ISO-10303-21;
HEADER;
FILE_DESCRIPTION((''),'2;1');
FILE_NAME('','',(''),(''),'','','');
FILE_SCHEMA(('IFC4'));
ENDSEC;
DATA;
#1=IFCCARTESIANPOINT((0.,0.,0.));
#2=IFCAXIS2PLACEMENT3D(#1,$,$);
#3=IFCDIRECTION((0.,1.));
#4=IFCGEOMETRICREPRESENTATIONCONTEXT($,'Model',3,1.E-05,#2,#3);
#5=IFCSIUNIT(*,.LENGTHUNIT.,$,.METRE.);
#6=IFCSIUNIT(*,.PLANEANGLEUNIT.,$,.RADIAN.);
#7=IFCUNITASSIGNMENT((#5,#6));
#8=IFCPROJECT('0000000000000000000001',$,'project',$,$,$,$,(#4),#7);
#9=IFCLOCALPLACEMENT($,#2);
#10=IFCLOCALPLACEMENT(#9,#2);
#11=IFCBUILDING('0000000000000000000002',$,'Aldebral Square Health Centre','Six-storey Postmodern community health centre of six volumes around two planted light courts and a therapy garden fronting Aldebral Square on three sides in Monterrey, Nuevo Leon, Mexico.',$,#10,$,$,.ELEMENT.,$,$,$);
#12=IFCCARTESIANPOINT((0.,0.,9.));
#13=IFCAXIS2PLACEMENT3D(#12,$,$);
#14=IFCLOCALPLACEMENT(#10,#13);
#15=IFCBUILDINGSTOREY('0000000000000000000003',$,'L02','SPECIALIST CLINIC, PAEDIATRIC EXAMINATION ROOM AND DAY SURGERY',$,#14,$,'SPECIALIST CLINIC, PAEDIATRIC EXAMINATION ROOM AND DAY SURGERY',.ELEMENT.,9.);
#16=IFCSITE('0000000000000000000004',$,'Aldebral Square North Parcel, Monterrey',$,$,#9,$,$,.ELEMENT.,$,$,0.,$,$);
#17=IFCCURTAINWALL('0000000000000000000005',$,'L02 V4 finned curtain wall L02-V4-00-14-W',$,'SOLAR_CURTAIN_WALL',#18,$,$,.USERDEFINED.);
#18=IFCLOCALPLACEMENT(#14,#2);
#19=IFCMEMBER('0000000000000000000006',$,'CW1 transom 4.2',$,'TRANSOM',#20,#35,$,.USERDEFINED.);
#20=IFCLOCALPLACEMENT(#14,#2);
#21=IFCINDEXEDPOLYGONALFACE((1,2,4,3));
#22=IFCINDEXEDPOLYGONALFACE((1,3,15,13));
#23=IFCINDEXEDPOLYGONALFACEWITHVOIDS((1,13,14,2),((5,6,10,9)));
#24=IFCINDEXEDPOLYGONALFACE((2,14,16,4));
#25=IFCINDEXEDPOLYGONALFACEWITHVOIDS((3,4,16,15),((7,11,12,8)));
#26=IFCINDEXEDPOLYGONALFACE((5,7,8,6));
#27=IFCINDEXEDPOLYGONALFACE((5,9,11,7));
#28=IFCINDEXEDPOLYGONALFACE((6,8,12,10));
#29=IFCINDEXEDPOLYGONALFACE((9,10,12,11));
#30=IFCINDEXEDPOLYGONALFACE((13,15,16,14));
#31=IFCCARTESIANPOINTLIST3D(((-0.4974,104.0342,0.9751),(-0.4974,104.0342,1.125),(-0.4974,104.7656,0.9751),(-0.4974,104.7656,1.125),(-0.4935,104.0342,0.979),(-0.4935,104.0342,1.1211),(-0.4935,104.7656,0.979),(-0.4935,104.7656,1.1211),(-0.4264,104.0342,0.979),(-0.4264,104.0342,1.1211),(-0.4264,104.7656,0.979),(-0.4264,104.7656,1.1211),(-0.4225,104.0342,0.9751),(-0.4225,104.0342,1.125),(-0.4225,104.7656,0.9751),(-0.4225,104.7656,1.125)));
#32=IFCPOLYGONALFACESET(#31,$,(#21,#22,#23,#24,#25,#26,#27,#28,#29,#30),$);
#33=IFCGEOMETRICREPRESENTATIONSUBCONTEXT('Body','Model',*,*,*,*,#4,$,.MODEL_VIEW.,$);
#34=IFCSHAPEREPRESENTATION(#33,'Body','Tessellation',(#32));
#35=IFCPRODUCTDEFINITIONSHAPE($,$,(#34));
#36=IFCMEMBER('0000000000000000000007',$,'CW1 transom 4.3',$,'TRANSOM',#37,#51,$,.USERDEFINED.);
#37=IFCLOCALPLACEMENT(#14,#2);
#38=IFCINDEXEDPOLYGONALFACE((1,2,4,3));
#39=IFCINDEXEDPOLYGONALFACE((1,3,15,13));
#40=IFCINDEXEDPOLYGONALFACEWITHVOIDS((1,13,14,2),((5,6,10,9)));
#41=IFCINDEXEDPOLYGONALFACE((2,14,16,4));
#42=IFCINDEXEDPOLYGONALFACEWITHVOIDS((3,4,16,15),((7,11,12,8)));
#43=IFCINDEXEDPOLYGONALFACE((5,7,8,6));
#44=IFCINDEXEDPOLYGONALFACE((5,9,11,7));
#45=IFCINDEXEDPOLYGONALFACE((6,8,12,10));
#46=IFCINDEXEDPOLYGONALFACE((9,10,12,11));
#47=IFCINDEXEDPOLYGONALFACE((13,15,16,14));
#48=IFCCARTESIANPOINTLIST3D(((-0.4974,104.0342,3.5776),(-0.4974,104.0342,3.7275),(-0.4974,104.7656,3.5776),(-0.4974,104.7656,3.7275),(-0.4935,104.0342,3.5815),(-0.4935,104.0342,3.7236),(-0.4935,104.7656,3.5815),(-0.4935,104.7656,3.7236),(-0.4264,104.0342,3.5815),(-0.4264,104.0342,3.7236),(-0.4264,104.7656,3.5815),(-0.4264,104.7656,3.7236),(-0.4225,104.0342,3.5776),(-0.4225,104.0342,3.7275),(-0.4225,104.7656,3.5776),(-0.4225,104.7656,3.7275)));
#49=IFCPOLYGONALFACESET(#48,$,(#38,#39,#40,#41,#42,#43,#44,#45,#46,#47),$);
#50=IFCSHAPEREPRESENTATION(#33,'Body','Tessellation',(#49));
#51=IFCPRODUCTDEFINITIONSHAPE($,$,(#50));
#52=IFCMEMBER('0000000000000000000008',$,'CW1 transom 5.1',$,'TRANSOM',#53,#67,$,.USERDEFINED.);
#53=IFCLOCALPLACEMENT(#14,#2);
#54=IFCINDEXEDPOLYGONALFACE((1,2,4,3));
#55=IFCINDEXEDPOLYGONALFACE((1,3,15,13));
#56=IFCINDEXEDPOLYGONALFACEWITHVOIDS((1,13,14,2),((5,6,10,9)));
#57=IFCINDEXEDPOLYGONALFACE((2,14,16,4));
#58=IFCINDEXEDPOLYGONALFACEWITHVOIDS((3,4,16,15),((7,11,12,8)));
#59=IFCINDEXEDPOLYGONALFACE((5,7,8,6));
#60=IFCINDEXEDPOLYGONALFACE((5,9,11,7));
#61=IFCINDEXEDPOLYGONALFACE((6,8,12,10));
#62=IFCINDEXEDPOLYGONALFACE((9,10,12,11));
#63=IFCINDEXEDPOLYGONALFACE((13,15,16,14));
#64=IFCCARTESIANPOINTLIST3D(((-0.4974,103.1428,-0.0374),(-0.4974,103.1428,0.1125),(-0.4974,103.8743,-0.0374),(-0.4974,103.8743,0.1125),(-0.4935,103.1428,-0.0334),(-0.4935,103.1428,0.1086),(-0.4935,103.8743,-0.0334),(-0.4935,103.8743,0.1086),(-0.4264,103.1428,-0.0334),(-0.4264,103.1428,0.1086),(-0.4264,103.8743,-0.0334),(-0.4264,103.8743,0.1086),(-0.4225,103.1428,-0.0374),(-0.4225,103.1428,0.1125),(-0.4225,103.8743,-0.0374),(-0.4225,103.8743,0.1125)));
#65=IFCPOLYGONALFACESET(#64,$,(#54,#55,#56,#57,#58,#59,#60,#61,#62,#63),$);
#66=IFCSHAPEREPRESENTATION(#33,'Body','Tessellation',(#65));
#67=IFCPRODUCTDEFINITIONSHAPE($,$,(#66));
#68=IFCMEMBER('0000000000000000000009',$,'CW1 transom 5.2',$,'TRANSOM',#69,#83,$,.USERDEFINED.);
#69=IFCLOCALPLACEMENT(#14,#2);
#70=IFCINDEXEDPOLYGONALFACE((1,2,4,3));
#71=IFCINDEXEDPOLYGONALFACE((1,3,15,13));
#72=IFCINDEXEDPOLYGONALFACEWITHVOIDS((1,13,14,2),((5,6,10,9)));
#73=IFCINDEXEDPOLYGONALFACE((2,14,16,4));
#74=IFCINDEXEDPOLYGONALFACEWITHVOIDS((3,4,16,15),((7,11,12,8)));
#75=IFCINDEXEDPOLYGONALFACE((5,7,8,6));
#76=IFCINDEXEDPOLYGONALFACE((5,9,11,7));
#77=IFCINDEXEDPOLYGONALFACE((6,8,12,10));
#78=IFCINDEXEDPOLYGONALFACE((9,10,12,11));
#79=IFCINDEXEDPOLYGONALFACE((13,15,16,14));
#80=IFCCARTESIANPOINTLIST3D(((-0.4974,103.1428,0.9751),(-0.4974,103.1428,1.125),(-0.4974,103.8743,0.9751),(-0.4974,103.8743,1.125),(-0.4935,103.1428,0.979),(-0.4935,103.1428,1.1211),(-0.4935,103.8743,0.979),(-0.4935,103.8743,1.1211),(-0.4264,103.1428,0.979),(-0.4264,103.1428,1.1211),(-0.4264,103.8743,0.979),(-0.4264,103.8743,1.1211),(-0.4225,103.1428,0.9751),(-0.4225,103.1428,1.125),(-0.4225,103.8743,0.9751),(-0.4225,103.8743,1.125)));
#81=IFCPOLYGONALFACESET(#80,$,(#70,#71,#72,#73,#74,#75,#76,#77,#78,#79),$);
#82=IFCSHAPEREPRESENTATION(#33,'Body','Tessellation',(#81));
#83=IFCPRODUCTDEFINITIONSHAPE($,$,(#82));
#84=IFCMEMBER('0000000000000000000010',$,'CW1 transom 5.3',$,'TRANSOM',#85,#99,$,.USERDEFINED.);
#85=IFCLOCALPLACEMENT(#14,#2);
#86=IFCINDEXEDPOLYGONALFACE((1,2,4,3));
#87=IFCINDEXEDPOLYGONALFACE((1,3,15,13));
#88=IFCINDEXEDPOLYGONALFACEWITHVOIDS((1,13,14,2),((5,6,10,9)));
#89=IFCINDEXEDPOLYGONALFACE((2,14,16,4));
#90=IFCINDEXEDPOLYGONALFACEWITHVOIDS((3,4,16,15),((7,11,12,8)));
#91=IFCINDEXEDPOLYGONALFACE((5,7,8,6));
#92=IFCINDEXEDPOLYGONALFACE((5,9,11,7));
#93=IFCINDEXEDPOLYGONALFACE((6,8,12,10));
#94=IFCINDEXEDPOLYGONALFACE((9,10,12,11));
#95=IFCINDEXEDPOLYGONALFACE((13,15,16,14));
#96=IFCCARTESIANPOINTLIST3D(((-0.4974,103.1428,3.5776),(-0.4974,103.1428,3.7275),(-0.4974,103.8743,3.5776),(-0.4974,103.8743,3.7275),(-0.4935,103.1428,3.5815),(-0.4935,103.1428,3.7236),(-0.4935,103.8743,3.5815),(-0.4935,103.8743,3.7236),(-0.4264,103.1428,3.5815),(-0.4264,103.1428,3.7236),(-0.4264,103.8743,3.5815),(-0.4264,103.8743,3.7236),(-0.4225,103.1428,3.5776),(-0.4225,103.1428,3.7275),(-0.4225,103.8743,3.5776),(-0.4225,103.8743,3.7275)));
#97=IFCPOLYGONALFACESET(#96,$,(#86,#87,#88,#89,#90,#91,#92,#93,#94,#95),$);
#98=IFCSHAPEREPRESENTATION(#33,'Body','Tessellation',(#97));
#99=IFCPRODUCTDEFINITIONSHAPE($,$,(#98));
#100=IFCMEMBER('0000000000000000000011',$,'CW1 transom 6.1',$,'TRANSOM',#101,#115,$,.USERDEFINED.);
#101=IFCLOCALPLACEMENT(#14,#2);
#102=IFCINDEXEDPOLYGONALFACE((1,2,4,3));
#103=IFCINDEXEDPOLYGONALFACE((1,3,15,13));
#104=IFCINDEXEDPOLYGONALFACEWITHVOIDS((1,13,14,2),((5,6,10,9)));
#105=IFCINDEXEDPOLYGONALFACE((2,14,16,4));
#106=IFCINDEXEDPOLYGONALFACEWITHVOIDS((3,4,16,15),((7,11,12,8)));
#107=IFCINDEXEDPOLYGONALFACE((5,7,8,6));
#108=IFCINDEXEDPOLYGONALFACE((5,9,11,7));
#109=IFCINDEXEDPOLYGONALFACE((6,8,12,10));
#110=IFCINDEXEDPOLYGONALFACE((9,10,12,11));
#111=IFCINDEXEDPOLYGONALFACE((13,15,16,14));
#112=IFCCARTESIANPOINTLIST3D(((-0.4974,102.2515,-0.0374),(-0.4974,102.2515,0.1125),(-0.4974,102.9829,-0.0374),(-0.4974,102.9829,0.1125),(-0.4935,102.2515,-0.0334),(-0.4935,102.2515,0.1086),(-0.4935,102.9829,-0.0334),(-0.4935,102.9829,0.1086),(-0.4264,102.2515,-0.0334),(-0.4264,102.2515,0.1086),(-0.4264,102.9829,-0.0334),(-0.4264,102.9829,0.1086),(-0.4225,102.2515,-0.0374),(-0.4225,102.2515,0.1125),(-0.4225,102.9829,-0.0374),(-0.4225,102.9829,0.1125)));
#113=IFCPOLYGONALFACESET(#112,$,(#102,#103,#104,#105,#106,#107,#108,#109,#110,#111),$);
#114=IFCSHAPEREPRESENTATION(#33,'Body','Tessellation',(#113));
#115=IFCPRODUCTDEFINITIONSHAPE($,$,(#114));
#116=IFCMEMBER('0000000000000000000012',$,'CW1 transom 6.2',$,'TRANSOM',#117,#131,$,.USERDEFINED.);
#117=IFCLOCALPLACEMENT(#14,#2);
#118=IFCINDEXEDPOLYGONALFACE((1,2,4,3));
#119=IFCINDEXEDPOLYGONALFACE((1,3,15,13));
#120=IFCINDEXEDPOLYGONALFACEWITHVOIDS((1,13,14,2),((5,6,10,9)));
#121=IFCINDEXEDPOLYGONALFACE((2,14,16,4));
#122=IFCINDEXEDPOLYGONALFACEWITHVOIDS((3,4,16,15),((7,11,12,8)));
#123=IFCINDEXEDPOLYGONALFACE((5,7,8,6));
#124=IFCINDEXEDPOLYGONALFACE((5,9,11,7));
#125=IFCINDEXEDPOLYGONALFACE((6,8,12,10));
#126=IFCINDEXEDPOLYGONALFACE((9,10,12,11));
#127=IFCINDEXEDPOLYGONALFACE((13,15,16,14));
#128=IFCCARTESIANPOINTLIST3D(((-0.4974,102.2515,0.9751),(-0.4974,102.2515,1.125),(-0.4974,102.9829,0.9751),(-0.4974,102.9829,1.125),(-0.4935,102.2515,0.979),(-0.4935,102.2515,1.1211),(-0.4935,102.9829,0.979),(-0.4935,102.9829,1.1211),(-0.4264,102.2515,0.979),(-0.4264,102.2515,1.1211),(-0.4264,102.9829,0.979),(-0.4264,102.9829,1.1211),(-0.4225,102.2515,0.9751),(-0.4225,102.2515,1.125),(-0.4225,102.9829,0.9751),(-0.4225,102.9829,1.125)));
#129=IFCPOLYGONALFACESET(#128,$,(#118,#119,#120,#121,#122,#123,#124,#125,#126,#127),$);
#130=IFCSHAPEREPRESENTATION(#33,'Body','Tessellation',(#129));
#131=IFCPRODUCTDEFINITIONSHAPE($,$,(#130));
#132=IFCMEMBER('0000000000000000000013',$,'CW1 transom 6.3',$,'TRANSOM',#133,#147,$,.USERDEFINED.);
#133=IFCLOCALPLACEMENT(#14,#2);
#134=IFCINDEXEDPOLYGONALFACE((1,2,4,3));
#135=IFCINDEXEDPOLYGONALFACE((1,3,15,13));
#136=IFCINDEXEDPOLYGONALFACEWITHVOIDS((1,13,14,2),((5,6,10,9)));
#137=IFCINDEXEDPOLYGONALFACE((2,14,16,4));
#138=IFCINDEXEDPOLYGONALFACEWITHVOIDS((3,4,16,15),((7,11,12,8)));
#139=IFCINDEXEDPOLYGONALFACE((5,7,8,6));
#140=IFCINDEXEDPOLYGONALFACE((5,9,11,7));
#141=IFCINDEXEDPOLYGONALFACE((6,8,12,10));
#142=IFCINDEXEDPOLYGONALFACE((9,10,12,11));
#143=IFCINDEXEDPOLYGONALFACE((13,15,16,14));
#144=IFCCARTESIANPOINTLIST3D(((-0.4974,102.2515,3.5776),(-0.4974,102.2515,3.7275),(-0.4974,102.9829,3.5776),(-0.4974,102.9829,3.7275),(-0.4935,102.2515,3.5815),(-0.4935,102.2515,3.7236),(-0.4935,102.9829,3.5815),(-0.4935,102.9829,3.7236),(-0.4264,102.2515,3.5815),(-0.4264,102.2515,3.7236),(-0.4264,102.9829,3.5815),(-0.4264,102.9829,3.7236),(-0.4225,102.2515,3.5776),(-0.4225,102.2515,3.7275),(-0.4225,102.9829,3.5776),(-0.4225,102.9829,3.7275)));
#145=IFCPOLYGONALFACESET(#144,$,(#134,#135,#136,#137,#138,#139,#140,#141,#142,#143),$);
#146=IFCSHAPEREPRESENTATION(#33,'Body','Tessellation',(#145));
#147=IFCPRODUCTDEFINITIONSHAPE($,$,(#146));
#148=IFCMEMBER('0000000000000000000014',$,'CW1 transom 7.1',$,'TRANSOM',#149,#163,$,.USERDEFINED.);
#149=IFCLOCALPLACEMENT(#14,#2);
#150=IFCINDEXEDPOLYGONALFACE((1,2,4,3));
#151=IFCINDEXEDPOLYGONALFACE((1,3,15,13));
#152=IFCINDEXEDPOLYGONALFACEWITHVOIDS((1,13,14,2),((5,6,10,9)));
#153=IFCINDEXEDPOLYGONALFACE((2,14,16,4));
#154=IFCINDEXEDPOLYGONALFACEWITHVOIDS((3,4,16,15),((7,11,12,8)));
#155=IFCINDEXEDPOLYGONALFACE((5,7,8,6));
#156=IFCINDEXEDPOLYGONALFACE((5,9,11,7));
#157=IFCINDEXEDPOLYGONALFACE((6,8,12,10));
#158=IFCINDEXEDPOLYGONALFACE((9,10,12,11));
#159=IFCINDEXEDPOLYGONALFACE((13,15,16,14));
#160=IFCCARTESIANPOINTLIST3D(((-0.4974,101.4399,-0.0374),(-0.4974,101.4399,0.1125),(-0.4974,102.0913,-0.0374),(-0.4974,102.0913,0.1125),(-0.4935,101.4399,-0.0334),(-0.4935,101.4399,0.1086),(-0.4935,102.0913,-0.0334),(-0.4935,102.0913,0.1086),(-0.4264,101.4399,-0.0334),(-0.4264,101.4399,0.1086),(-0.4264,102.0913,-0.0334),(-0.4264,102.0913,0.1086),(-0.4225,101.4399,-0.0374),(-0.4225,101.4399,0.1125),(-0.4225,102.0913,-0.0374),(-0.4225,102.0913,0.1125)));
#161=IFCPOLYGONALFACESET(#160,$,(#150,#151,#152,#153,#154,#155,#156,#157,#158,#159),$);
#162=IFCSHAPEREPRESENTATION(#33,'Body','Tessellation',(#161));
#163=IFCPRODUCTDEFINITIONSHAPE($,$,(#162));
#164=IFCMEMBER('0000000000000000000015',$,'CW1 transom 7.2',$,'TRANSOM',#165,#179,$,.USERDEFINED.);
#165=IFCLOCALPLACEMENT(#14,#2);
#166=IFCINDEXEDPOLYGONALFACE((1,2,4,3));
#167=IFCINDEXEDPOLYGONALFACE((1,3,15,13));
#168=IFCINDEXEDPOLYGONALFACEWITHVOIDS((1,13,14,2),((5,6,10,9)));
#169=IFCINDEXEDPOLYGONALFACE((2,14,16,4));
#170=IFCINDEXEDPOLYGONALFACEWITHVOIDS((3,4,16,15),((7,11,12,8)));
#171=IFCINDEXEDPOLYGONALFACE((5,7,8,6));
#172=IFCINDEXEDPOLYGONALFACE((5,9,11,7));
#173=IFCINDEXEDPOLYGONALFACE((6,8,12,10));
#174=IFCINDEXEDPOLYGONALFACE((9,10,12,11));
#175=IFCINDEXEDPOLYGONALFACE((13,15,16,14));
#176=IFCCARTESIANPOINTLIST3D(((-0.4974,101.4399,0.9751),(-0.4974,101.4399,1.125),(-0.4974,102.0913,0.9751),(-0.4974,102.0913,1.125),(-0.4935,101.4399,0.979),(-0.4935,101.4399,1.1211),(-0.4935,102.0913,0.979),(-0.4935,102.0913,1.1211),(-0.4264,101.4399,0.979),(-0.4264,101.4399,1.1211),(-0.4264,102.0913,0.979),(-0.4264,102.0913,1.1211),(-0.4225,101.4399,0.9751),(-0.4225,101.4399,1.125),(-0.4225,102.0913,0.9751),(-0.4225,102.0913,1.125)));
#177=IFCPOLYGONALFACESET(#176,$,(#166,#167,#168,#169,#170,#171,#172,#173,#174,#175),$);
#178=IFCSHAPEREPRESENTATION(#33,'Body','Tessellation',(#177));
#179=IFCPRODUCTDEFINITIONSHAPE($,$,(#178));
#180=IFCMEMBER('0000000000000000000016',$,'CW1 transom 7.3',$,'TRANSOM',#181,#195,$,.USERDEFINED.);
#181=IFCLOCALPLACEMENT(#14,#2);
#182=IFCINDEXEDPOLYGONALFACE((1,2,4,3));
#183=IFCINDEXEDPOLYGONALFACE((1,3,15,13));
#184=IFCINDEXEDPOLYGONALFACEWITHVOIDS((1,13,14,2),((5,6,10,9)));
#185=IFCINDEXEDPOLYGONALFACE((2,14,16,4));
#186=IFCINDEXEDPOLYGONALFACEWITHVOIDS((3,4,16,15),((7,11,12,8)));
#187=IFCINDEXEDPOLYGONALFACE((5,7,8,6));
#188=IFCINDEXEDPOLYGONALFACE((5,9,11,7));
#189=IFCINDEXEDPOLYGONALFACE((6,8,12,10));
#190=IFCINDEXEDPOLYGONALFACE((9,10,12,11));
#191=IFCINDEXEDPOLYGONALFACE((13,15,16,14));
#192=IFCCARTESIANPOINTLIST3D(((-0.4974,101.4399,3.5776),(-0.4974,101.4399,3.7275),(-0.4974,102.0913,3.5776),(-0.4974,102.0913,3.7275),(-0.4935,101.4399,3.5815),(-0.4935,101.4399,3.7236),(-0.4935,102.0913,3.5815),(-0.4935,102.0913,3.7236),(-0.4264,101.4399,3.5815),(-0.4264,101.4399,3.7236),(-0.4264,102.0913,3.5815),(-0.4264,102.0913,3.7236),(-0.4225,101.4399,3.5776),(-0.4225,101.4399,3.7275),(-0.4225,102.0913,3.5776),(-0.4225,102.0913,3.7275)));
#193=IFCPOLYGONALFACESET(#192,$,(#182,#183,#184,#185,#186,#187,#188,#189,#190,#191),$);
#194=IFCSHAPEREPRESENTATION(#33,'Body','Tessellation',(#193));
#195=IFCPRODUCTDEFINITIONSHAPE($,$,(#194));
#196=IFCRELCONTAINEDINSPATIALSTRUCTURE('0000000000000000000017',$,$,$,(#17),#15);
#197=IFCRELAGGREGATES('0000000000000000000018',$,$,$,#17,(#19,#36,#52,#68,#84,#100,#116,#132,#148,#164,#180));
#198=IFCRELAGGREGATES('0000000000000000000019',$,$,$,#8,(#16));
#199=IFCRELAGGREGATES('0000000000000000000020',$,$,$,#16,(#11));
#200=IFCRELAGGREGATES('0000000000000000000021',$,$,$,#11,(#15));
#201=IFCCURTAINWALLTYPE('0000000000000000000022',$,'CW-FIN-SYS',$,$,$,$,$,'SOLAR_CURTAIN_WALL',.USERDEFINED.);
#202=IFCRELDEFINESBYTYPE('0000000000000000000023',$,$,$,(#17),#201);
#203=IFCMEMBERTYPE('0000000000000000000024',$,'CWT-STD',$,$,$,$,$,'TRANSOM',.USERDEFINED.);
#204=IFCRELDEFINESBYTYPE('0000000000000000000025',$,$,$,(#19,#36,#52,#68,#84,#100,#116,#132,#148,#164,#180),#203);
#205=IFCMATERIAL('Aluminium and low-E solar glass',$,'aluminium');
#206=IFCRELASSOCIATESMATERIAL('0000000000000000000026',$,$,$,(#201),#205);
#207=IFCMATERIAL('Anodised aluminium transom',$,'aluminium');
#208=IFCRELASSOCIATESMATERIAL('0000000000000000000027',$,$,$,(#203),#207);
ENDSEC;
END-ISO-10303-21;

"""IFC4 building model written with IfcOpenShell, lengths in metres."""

from ifc_helpers import new_model, si_unit, direction, frame, origin, origin_2d, place, context, subcontext, project, spatial, hollow_rectangle, extrude, material, material_profile, profile_set, type_object, element, aggregate, save


model = new_model("IFC4")

# Units and contexts
model_context = context("Model", 3, precision=1e-05, world=origin(), true_north=direction((0.0, 1.0)))
body_context = subcontext(model_context, "Body", "Model", "MODEL_VIEW")
ifc_project = project(units=[si_unit("LENGTHUNIT", "METRE"), si_unit("PLANEANGLEUNIT", "RADIAN")], contexts=[model_context])

# Site, building, storey
site_placement = place(None, origin())
site = spatial("IfcSite", under=ifc_project, at=site_placement, Name="Aldebral Square North Parcel, Monterrey", CompositionType="ELEMENT", RefElevation=0.0)
building_placement = place(site_placement, origin())
building = spatial("IfcBuilding", under=site, at=building_placement, Name="Aldebral Square Health Centre", Description="Six-storey Postmodern community health centre of six volumes around two planted light courts and a therapy garden fronting Aldebral Square on three sides in Monterrey, Nuevo Leon, Mexico.", CompositionType="ELEMENT")
storey_placement = place(building_placement, frame((0.0, 0.0, 9.0)))
storey = spatial("IfcBuildingStorey", under=building, at=storey_placement, Name="L02", Description="SPECIALIST CLINIC, PAEDIATRIC EXAMINATION ROOM AND DAY SURGERY", LongName="SPECIALIST CLINIC, PAEDIATRIC EXAMINATION ROOM AND DAY SURGERY", CompositionType="ELEMENT", Elevation=9.0)

# Curtain wall, members
ifc_material_1 = material(Name="Aluminium and low-E solar glass", Category="aluminium")
curtain_wall_type = type_object("IfcCurtainWallType", Name="CW-FIN-SYS", ElementType="SOLAR_CURTAIN_WALL", PredefinedType="USERDEFINED", material=ifc_material_1)
curtain_wall_placement = place(storey_placement, origin())
curtain_wall = element("IfcCurtainWall", 1, at=curtain_wall_placement, inside=storey, type_object=curtain_wall_type, Name="L02 V4 finned curtain wall L02-V4-00-14-W", ObjectType="SOLAR_CURTAIN_WALL", PredefinedType="USERDEFINED")
ifc_material_2 = material(Name="Anodised aluminium transom", Category="aluminium")
ifc_material_profile_1 = material_profile(ifc_material_2, hollow_rectangle(XDim=0.075, YDim=0.1499, WallThickness=0.0039, at=origin_2d()), Name="CWT 75x150x4")
ifc_profile_set_1 = profile_set([ifc_material_profile_1], Name="Anodised aluminium transom")
member_type_1 = type_object("IfcMemberType", Name="CWT-STD", ElementType="TRANSOM", PredefinedType="USERDEFINED", material=ifc_profile_set_1)
member_1_placement = place(storey_placement, frame((-0.46, 104.7656, 1.05), z_axis=(0.0, -1.0, 0.0), x_axis=(1.0, 0.0, 0.0)))
member_1 = element("IfcMember", 2, at=member_1_placement, type_object=member_type_1, Name="CW1 transom 4.2", ObjectType="TRANSOM", PredefinedType="USERDEFINED", context=body_context, shape_type="SweptSolid", body=[
    extrude(hollow_rectangle(XDim=0.075, YDim=0.1499, WallThickness=0.0039, at=origin_2d()), origin(), (0.0, 0.0, 1.0), 0.7314),
])
member_2_placement = place(storey_placement, frame((-0.46, 104.7656, 3.6526), z_axis=(0.0, -1.0, 0.0), x_axis=(1.0, 0.0, 0.0)))
member_2 = element("IfcMember", 3, at=member_2_placement, type_object=member_type_1, Name="CW1 transom 4.3", ObjectType="TRANSOM", PredefinedType="USERDEFINED", context=body_context, shape_type="SweptSolid", body=[
    extrude(hollow_rectangle(XDim=0.075, YDim=0.1499, WallThickness=0.0039, at=origin_2d()), origin(), (0.0, 0.0, 1.0), 0.7314),
])
member_3_placement = place(storey_placement, frame((-0.46, 103.8743, 0.0376), z_axis=(0.0, -1.0, 0.0), x_axis=(1.0, 0.0, 0.0)))
member_3 = element("IfcMember", 4, at=member_3_placement, type_object=member_type_1, Name="CW1 transom 5.1", ObjectType="TRANSOM", PredefinedType="USERDEFINED", context=body_context, shape_type="SweptSolid", body=[
    extrude(hollow_rectangle(XDim=0.075, YDim=0.1499, WallThickness=0.0039, at=origin_2d()), origin(), (0.0, 0.0, 1.0), 0.7314),
])
member_4_placement = place(storey_placement, frame((-0.46, 103.8743, 1.05), z_axis=(0.0, -1.0, 0.0), x_axis=(1.0, 0.0, 0.0)))
member_4 = element("IfcMember", 5, at=member_4_placement, type_object=member_type_1, Name="CW1 transom 5.2", ObjectType="TRANSOM", PredefinedType="USERDEFINED", context=body_context, shape_type="SweptSolid", body=[
    extrude(hollow_rectangle(XDim=0.075, YDim=0.1499, WallThickness=0.0039, at=origin_2d()), origin(), (0.0, 0.0, 1.0), 0.7314),
])
member_5_placement = place(storey_placement, frame((-0.46, 103.8743, 3.6526), z_axis=(0.0, -1.0, 0.0), x_axis=(1.0, 0.0, 0.0)))
member_5 = element("IfcMember", 6, at=member_5_placement, type_object=member_type_1, Name="CW1 transom 5.3", ObjectType="TRANSOM", PredefinedType="USERDEFINED", context=body_context, shape_type="SweptSolid", body=[
    extrude(hollow_rectangle(XDim=0.075, YDim=0.1499, WallThickness=0.0039, at=origin_2d()), origin(), (0.0, 0.0, 1.0), 0.7314),
])
member_6_placement = place(storey_placement, frame((-0.46, 102.9829, 0.0376), z_axis=(0.0, -1.0, 0.0), x_axis=(1.0, 0.0, 0.0)))
member_6 = element("IfcMember", 7, at=member_6_placement, type_object=member_type_1, Name="CW1 transom 6.1", ObjectType="TRANSOM", PredefinedType="USERDEFINED", context=body_context, shape_type="SweptSolid", body=[
    extrude(hollow_rectangle(XDim=0.075, YDim=0.1499, WallThickness=0.0039, at=origin_2d()), origin(), (0.0, 0.0, 1.0), 0.7314),
])
member_7_placement = place(storey_placement, frame((-0.46, 102.9829, 1.05), z_axis=(0.0, -1.0, 0.0), x_axis=(1.0, 0.0, 0.0)))
member_7 = element("IfcMember", 8, at=member_7_placement, type_object=member_type_1, Name="CW1 transom 6.2", ObjectType="TRANSOM", PredefinedType="USERDEFINED", context=body_context, shape_type="SweptSolid", body=[
    extrude(hollow_rectangle(XDim=0.075, YDim=0.1499, WallThickness=0.0039, at=origin_2d()), origin(), (0.0, 0.0, 1.0), 0.7314),
])
member_8_placement = place(storey_placement, frame((-0.46, 102.9829, 3.6526), z_axis=(0.0, -1.0, 0.0), x_axis=(1.0, 0.0, 0.0)))
member_8 = element("IfcMember", 9, at=member_8_placement, type_object=member_type_1, Name="CW1 transom 6.3", ObjectType="TRANSOM", PredefinedType="USERDEFINED", context=body_context, shape_type="SweptSolid", body=[
    extrude(hollow_rectangle(XDim=0.075, YDim=0.1499, WallThickness=0.0039, at=origin_2d()), origin(), (0.0, 0.0, 1.0), 0.7314),
])
member_9_placement = place(storey_placement, frame((-0.46, 102.0913, 0.0376), z_axis=(0.0, -1.0, 0.0), x_axis=(1.0, 0.0, 0.0)))
member_9 = element("IfcMember", 10, at=member_9_placement, type_object=member_type_1, Name="CW1 transom 7.1", ObjectType="TRANSOM", PredefinedType="USERDEFINED", context=body_context, shape_type="SweptSolid", body=[
    extrude(hollow_rectangle(XDim=0.075, YDim=0.1499, WallThickness=0.0039, at=origin_2d()), origin(), (0.0, 0.0, 1.0), 0.6514),
])
member_10_placement = place(storey_placement, frame((-0.46, 102.0913, 1.05), z_axis=(0.0, -1.0, 0.0), x_axis=(1.0, 0.0, 0.0)))
member_10 = element("IfcMember", 11, at=member_10_placement, type_object=member_type_1, Name="CW1 transom 7.2", ObjectType="TRANSOM", PredefinedType="USERDEFINED", context=body_context, shape_type="SweptSolid", body=[
    extrude(hollow_rectangle(XDim=0.075, YDim=0.1499, WallThickness=0.0039, at=origin_2d()), origin(), (0.0, 0.0, 1.0), 0.6514),
])
member_11_placement = place(storey_placement, frame((-0.46, 102.0913, 3.6526), z_axis=(0.0, -1.0, 0.0), x_axis=(1.0, 0.0, 0.0)))
member_11 = element("IfcMember", 12, at=member_11_placement, type_object=member_type_1, Name="CW1 transom 7.3", ObjectType="TRANSOM", PredefinedType="USERDEFINED", context=body_context, shape_type="SweptSolid", body=[
    extrude(hollow_rectangle(XDim=0.075, YDim=0.1499, WallThickness=0.0039, at=origin_2d()), origin(), (0.0, 0.0, 1.0), 0.6514),
])
aggregate(curtain_wall, [member_1, member_2, member_3, member_4, member_5, member_6, member_7, member_8, member_9, member_10, member_11])

save(model, "model.ifc")
